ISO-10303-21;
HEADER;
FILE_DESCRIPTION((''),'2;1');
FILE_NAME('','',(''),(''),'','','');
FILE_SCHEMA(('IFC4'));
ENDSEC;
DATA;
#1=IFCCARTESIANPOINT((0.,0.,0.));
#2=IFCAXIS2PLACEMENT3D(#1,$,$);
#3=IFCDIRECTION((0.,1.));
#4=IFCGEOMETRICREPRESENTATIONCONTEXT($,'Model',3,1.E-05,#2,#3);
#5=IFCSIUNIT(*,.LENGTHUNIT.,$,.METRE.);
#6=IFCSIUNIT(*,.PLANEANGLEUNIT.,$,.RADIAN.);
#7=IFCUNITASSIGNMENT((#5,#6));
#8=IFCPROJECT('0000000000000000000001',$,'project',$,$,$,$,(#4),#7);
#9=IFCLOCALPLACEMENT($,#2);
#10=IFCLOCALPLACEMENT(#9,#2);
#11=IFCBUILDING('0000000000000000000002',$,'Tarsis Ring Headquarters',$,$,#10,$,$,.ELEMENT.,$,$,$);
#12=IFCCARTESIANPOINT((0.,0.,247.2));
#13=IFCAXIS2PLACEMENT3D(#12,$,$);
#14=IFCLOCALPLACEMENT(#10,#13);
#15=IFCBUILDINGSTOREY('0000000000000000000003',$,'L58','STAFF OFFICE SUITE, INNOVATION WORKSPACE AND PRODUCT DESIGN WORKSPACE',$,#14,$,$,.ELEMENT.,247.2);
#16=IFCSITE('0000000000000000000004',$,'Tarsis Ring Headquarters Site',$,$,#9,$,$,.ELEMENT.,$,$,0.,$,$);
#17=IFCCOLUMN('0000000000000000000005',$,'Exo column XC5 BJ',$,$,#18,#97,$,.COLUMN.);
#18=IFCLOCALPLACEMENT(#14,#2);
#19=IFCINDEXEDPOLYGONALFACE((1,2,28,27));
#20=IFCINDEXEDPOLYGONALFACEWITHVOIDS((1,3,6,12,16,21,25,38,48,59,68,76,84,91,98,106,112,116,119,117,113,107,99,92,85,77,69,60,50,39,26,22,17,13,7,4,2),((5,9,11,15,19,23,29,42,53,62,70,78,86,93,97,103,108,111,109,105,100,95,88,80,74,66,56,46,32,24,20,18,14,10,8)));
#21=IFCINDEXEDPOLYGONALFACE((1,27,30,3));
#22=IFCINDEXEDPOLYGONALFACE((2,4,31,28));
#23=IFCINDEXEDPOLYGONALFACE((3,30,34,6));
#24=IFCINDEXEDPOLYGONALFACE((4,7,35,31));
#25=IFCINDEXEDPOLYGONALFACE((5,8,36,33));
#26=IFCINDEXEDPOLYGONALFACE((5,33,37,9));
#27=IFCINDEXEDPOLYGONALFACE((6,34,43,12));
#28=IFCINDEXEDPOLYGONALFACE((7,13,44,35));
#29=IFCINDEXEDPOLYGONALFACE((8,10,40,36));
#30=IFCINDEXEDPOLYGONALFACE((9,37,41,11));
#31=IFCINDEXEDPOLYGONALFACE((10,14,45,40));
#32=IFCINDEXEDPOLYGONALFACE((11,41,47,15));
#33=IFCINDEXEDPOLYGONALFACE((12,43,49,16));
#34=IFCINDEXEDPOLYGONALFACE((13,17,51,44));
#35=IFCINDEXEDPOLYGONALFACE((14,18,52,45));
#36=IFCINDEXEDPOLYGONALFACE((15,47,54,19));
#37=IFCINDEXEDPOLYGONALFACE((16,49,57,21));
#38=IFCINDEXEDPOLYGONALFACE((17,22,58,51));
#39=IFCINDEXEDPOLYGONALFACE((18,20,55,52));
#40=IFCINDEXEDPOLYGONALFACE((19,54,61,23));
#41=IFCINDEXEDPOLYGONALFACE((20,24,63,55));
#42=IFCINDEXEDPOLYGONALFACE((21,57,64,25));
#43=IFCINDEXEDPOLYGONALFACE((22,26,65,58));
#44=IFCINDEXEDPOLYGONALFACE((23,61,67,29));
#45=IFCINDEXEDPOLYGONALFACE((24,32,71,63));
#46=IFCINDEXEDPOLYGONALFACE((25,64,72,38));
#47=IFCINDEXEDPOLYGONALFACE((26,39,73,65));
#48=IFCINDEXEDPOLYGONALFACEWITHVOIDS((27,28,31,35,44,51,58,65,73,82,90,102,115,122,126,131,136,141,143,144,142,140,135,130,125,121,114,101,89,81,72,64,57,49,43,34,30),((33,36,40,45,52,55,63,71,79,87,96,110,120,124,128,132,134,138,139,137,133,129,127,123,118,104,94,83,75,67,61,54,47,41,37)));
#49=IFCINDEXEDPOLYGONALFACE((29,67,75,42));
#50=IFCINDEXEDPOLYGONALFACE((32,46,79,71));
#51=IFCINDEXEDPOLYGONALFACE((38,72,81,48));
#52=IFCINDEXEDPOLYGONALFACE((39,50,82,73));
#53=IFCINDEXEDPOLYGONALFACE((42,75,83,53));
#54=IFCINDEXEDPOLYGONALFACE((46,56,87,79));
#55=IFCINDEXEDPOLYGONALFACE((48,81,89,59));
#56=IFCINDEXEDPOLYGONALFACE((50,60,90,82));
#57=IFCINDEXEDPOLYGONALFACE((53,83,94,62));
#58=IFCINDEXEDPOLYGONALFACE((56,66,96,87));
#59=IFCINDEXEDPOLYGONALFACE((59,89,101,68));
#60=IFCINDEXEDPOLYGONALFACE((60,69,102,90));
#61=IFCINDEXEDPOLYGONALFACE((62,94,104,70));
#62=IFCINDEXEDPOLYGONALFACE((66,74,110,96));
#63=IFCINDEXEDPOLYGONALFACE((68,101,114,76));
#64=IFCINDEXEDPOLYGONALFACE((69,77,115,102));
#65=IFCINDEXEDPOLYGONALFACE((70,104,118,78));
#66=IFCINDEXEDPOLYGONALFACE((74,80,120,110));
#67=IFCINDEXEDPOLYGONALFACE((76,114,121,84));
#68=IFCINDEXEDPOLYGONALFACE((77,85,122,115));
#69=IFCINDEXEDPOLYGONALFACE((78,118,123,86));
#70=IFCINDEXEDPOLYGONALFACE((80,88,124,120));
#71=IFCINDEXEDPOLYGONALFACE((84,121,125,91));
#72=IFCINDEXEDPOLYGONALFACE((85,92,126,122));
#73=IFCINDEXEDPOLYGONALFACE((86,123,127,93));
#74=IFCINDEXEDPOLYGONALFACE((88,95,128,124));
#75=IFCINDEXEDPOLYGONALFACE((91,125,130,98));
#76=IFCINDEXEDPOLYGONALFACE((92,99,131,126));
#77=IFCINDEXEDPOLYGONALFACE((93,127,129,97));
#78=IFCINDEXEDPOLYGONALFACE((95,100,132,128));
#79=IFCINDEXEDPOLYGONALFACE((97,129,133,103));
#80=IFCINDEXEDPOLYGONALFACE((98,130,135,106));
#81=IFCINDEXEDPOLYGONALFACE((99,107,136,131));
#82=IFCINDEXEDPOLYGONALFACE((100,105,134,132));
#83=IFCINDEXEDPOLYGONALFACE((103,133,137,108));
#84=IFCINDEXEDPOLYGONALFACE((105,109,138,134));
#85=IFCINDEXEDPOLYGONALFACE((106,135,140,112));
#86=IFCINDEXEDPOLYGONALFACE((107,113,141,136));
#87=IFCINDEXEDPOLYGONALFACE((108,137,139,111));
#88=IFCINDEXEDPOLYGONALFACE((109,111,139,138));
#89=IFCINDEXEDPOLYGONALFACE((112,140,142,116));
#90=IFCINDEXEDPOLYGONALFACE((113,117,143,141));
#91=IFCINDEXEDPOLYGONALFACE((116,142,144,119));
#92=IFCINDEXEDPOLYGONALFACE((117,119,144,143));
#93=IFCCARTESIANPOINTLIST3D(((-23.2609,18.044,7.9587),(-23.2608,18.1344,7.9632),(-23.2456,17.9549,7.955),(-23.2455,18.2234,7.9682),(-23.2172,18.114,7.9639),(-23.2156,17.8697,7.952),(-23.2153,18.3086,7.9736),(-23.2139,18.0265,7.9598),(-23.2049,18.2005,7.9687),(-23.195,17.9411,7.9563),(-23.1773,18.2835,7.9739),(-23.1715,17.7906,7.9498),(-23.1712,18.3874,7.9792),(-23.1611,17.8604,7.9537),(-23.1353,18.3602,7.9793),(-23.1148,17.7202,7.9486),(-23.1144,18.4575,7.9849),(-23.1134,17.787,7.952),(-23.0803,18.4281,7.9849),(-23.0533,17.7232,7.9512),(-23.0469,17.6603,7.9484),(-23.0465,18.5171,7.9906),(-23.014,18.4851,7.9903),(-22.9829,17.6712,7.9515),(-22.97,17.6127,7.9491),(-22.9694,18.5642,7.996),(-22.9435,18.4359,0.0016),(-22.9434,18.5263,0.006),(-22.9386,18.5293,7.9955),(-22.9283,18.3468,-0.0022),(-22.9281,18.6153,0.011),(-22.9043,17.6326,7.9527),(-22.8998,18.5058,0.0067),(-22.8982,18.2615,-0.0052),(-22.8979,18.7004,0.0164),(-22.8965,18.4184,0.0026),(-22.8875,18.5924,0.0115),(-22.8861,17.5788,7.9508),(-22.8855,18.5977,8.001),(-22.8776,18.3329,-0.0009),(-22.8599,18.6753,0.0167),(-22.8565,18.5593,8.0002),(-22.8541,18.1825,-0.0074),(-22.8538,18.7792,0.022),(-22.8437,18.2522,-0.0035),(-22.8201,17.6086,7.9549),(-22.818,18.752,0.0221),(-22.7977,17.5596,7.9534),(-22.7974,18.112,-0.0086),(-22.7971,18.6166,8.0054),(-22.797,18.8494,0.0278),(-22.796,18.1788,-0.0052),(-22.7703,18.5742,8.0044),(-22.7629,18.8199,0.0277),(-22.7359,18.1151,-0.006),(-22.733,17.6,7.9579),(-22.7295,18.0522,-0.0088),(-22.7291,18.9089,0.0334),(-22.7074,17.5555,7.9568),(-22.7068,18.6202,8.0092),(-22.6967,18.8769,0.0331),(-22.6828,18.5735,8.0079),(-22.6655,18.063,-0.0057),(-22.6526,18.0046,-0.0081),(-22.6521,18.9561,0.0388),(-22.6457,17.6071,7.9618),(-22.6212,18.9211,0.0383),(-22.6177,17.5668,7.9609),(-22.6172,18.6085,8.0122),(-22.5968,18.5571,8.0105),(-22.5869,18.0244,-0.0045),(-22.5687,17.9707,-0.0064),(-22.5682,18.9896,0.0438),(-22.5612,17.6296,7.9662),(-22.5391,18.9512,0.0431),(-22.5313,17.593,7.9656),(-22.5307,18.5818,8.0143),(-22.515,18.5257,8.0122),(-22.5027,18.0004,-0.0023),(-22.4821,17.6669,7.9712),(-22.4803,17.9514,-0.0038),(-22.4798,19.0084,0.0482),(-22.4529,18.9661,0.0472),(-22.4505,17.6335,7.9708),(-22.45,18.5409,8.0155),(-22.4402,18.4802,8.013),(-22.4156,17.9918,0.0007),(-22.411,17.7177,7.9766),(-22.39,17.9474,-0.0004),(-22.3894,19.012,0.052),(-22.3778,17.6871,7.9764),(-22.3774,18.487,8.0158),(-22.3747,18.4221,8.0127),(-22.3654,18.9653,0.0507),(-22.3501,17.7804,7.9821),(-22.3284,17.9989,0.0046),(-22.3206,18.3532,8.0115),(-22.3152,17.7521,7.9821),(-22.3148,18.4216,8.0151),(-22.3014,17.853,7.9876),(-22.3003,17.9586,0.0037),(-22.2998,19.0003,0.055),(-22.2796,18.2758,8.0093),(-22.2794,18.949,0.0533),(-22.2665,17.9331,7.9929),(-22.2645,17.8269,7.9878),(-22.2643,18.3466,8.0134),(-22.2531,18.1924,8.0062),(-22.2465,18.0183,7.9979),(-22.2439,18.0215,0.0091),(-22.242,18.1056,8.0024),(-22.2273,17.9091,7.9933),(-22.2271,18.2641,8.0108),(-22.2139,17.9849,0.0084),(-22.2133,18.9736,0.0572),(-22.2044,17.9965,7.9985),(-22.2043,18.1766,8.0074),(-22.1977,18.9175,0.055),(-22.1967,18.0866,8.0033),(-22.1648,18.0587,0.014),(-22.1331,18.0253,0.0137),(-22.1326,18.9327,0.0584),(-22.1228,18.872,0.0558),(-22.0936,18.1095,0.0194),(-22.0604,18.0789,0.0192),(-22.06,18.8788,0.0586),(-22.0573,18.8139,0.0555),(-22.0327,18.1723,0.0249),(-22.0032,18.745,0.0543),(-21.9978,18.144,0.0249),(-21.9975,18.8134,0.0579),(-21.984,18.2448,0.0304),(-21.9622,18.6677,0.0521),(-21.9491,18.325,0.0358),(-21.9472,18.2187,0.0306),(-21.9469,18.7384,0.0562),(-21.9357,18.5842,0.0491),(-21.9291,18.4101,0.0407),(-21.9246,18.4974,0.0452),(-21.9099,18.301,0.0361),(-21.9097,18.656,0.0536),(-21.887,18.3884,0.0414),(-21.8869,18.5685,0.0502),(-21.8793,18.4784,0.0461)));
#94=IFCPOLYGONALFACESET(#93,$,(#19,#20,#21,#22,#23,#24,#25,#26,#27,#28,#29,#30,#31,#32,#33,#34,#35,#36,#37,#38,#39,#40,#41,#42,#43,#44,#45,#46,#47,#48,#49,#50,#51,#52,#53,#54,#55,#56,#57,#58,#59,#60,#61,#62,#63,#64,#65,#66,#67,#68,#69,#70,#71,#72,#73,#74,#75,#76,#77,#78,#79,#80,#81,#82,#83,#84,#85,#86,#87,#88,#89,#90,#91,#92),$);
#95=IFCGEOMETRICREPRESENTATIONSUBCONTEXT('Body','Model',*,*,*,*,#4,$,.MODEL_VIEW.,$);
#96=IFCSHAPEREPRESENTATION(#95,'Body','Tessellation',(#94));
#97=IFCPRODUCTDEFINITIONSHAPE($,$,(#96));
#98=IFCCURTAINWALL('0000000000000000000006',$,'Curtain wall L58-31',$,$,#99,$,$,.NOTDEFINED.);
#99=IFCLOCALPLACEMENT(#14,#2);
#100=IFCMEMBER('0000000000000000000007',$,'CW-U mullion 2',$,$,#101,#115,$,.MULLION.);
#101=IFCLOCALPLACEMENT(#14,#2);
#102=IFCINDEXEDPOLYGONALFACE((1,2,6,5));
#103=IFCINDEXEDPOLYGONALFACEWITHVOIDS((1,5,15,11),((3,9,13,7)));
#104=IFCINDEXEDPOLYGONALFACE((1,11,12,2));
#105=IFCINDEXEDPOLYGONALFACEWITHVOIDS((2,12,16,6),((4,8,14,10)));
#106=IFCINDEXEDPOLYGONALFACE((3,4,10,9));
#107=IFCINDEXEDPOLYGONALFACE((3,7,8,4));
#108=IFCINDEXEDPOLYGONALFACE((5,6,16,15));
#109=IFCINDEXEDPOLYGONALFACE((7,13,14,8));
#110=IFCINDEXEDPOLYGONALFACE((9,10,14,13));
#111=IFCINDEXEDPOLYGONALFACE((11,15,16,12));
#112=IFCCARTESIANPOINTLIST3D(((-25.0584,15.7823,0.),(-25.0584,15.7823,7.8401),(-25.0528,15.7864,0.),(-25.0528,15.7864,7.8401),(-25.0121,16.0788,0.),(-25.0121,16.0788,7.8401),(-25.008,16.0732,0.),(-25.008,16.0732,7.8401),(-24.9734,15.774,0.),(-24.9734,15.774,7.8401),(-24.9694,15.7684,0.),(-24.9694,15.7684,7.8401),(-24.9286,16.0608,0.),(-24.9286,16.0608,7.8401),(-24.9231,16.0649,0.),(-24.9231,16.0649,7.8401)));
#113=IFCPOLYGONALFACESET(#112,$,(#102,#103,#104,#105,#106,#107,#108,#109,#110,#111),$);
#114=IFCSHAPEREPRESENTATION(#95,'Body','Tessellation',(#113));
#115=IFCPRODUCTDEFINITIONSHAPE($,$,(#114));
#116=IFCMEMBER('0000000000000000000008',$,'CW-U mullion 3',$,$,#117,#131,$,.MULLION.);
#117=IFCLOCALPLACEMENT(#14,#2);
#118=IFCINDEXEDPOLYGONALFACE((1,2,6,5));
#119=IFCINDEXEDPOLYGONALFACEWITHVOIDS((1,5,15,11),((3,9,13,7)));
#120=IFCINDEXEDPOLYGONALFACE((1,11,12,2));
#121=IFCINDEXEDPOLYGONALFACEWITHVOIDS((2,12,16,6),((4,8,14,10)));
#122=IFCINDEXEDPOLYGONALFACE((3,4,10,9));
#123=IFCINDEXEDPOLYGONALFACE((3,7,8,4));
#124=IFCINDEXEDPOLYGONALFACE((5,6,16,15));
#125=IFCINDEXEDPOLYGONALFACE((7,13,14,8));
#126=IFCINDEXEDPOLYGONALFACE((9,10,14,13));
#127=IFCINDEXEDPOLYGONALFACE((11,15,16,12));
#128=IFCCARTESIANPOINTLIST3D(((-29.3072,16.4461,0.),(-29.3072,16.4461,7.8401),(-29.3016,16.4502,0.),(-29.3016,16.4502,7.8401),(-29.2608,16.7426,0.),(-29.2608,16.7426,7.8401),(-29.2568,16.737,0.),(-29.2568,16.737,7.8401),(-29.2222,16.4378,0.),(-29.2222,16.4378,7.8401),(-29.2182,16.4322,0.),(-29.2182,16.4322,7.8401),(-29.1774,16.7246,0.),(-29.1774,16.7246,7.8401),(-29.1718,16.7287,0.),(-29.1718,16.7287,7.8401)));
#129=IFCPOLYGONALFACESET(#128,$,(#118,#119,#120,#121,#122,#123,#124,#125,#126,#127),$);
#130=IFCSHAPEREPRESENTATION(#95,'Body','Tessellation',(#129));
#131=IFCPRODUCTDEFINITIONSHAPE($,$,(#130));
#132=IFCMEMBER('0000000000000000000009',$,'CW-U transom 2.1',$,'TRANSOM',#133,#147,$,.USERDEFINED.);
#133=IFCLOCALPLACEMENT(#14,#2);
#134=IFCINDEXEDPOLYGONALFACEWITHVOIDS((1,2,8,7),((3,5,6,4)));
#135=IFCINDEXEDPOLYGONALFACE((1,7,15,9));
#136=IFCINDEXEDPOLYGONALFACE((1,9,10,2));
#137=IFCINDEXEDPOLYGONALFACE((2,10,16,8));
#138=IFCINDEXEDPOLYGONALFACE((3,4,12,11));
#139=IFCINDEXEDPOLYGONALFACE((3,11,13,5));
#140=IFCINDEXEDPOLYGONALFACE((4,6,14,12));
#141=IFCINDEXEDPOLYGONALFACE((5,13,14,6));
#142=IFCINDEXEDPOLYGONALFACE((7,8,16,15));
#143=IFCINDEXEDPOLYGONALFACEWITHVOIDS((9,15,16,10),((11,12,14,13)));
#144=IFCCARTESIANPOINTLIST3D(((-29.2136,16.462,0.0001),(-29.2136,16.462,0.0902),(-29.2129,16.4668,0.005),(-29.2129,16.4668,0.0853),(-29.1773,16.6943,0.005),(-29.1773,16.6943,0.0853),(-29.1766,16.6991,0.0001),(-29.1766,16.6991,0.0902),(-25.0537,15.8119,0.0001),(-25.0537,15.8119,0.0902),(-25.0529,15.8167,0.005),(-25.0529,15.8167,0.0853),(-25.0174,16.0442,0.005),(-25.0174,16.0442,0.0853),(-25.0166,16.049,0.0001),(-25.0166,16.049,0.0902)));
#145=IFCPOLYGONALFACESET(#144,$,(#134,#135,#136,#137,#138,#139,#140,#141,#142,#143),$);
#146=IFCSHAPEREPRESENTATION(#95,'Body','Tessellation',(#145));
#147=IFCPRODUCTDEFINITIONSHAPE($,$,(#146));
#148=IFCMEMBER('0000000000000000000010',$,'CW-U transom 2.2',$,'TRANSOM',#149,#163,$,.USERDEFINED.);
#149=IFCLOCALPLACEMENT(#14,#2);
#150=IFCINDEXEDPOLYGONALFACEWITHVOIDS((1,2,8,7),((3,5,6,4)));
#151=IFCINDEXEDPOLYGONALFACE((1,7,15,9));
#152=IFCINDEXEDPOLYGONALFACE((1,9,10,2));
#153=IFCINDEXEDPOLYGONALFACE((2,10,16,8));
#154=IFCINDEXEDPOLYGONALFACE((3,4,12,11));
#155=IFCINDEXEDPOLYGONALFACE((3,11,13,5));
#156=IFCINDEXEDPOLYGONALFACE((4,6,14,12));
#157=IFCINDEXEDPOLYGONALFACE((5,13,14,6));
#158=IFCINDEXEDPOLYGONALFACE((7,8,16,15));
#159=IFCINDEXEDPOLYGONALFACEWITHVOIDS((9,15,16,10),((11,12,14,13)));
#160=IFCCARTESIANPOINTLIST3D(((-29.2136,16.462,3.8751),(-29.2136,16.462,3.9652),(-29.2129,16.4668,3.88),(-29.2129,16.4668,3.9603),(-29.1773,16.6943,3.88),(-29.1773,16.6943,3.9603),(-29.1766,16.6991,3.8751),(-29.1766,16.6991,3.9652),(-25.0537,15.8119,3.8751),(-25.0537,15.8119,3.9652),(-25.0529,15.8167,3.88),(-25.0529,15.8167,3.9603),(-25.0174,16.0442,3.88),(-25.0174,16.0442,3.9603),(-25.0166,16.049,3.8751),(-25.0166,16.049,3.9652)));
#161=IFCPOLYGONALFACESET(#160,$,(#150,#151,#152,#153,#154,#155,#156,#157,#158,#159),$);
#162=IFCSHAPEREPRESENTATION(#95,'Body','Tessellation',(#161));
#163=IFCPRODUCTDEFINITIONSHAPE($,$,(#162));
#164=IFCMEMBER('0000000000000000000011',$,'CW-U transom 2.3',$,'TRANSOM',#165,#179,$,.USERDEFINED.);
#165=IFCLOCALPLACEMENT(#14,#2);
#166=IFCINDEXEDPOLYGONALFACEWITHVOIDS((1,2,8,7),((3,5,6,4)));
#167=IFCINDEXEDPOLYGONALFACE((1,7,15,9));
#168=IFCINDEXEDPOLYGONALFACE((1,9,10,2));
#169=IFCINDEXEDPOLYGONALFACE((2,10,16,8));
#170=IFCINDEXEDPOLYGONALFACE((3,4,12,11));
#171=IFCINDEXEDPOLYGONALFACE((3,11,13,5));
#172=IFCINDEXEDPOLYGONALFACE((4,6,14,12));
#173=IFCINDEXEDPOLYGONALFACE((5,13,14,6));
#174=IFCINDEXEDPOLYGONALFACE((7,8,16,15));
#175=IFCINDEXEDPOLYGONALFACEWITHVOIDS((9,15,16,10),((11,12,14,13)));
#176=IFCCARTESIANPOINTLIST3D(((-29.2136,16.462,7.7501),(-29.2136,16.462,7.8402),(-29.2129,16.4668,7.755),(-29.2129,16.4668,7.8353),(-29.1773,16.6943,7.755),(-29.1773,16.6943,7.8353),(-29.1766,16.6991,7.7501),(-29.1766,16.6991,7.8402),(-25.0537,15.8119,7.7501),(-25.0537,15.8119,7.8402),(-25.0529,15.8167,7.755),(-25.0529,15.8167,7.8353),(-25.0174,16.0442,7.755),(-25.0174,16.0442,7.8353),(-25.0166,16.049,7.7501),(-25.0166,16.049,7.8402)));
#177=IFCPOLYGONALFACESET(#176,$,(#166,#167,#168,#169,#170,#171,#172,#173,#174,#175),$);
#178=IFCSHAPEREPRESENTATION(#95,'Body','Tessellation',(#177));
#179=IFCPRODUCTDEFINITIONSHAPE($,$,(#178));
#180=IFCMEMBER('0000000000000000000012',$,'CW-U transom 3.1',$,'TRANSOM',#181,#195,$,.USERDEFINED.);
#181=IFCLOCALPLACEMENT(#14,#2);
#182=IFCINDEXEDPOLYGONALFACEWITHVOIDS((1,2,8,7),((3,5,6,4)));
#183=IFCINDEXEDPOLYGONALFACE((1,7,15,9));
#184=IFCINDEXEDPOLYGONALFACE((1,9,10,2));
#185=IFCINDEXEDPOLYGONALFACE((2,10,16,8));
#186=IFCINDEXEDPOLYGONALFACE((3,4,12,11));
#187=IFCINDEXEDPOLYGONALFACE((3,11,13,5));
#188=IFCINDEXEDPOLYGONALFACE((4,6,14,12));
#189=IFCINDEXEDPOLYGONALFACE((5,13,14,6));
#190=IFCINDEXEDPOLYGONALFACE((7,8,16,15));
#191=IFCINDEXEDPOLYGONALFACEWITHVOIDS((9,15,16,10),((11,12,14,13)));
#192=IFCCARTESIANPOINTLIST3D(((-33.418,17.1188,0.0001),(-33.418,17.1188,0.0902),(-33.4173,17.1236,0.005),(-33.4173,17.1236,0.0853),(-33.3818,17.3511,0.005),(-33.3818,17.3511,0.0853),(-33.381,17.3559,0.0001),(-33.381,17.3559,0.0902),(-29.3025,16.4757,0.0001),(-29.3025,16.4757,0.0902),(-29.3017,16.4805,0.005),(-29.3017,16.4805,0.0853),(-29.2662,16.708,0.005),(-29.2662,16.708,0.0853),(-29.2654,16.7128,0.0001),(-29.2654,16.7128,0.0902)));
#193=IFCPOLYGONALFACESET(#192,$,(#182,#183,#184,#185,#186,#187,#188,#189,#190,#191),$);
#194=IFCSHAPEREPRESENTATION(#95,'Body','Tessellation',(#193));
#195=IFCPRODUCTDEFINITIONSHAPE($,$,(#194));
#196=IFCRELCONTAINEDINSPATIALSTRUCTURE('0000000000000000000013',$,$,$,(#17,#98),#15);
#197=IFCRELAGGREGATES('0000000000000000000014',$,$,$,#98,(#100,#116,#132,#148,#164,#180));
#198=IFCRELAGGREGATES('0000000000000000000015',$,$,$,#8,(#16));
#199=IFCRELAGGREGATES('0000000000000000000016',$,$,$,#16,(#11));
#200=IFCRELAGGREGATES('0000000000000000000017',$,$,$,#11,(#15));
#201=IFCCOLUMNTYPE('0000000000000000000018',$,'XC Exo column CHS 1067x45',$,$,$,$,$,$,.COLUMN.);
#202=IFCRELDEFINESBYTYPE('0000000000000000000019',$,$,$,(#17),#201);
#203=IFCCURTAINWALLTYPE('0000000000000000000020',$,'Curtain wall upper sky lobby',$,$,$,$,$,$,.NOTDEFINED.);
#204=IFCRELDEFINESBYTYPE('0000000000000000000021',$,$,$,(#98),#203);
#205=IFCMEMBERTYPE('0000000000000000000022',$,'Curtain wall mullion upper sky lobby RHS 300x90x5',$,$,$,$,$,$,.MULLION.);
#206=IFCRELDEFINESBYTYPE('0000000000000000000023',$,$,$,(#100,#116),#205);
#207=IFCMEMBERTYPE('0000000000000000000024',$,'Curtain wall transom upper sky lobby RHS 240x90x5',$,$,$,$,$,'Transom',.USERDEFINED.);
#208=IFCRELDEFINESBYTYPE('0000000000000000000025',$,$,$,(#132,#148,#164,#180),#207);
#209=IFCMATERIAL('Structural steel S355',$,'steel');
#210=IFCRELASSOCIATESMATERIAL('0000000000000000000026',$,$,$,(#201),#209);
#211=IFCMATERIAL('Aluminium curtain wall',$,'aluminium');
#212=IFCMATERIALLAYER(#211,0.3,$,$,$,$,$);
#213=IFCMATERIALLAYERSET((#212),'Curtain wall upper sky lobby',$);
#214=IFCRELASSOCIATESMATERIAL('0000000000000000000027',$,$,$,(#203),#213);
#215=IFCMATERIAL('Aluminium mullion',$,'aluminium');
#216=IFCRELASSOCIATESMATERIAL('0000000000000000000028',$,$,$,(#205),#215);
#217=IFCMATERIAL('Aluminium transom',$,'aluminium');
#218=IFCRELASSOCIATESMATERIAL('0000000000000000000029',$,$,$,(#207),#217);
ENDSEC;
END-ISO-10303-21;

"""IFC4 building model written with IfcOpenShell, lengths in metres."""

from ifc_helpers import new_model, si_unit, direction, frame, origin, origin_2d, place, context, subcontext, project, spatial, hollow_rectangle, hollow_circle, extrude, material, layer, layer_set, material_profile, profile_set, type_object, element, aggregate, save


model = new_model("IFC4")

# Units and contexts
model_context = context("Model", 3, precision=1e-05, world=origin(), true_north=direction((0.0, 1.0)))
body_context = subcontext(model_context, "Body", "Model", "MODEL_VIEW")
ifc_project = project(units=[si_unit("LENGTHUNIT", "METRE"), si_unit("PLANEANGLEUNIT", "RADIAN")], contexts=[model_context])

# Site, building, storey
site_placement = place(None, origin())
site = spatial("IfcSite", under=ifc_project, at=site_placement, Name="Tarsis Ring Headquarters Site", CompositionType="ELEMENT", RefElevation=0.0)
building_placement = place(site_placement, origin())
building = spatial("IfcBuilding", under=site, at=building_placement, Name="Tarsis Ring Headquarters", CompositionType="ELEMENT")
storey_placement = place(building_placement, frame((0.0, 0.0, 247.2)))
storey = spatial("IfcBuildingStorey", under=building, at=storey_placement, Name="L58", Description="STAFF OFFICE SUITE, INNOVATION WORKSPACE AND PRODUCT DESIGN WORKSPACE", CompositionType="ELEMENT", Elevation=247.2)

# Column
ifc_material_1 = material(Name="Structural steel S355", Category="steel")
ifc_material_profile_1 = material_profile(ifc_material_1, hollow_circle(Radius=0.5334, WallThickness=0.0449, at=origin_2d()), Name="CHS 1067x45")
ifc_profile_set_1 = profile_set([ifc_material_profile_1], Name="Structural steel S355")
column_type = type_object("IfcColumnType", Name="XC Exo column CHS 1067x45", PredefinedType="COLUMN", material=ifc_profile_set_1)
column_placement = place(storey_placement, frame((-22.4124, 18.4797, 0.0249), z_axis=(-0.039806, -0.049145, 0.997998), x_axis=(0.777076, -0.629407, 0.0)))
element("IfcColumn", 1, at=column_placement, inside=storey, type_object=column_type, Name="Exo column XC5 BJ", PredefinedType="COLUMN", context=body_context, shape_type="SweptSolid", body=[
    extrude(hollow_circle(Radius=0.5334, WallThickness=0.0449, at=origin_2d()), origin(), (0.0, 0.0, 1.0), 7.9731),
])

# Curtain wall, members
ifc_material_2 = material(Name="Aluminium curtain wall", Category="aluminium")
ifc_layer_1 = layer(ifc_material_2, 0.3)
ifc_layer_set_1 = layer_set([ifc_layer_1], Name="Curtain wall upper sky lobby")
curtain_wall_type = type_object("IfcCurtainWallType", Name="Curtain wall upper sky lobby", PredefinedType="NOTDEFINED", material=ifc_layer_set_1)
curtain_wall_placement = place(storey_placement, origin())
curtain_wall = element("IfcCurtainWall", 2, at=curtain_wall_placement, inside=storey, type_object=curtain_wall_type, Name="Curtain wall L58-31", PredefinedType="NOTDEFINED")
ifc_material_3 = material(Name="Aluminium mullion", Category="aluminium")
ifc_material_profile_2 = material_profile(ifc_material_3, hollow_rectangle(XDim=0.3, YDim=0.0901, WallThickness=0.0049, at=origin_2d()), Name="RHS 300x90x5")
ifc_profile_set_2 = profile_set([ifc_material_profile_2], Name="Aluminium mullion")
member_type_1 = type_object("IfcMemberType", Name="Curtain wall mullion upper sky lobby RHS 300x90x5", PredefinedType="MULLION", material=ifc_profile_set_2)
member_1_placement = place(storey_placement, frame((-24.9907, 15.9236, 0.0), z_axis=(0.0, 0.0, 1.0), x_axis=(-0.154366, -0.988014, 0.0)))
member_1 = element("IfcMember", 3, at=member_1_placement, type_object=member_type_1, Name="CW-U mullion 2", PredefinedType="MULLION", context=body_context, shape_type="SweptSolid", body=[
    extrude(hollow_rectangle(XDim=0.3, YDim=0.0901, WallThickness=0.0049, at=origin_2d()), origin(), (0.0, 0.0, 1.0), 7.8401),
])
member_2_placement = place(storey_placement, frame((-29.2395, 16.5874, 0.0), z_axis=(0.0, 0.0, 1.0), x_axis=(-0.154366, -0.988014, 0.0)))
member_2 = element("IfcMember", 4, at=member_2_placement, type_object=member_type_1, Name="CW-U mullion 3", PredefinedType="MULLION", context=body_context, shape_type="SweptSolid", body=[
    extrude(hollow_rectangle(XDim=0.3, YDim=0.0901, WallThickness=0.0049, at=origin_2d()), origin(), (0.0, 0.0, 1.0), 7.8401),
])
ifc_material_4 = material(Name="Aluminium transom", Category="aluminium")
ifc_material_profile_3 = material_profile(ifc_material_4, hollow_rectangle(XDim=0.24, YDim=0.0901, WallThickness=0.0049, at=origin_2d()), Name="RHS 240x90x5")
ifc_profile_set_3 = profile_set([ifc_material_profile_3], Name="Aluminium transom")
member_type_2 = type_object("IfcMemberType", Name="Curtain wall transom upper sky lobby RHS 240x90x5", ElementType="Transom", PredefinedType="USERDEFINED", material=ifc_profile_set_3)
member_3_placement = place(storey_placement, frame((-25.0352, 15.9304, 0.0452), z_axis=(-0.988006, 0.154414, 0.0), x_axis=(-0.154414, -0.988006, 0.0)))
member_3 = element("IfcMember", 5, at=member_3_placement, type_object=member_type_2, Name="CW-U transom 2.1", ObjectType="TRANSOM", PredefinedType="USERDEFINED", context=body_context, shape_type="SweptSolid", body=[
    extrude(hollow_rectangle(XDim=0.24, YDim=0.0901, WallThickness=0.0049, at=origin_2d()), origin(), (0.0, 0.0, 1.0), 4.2104),
])
member_4_placement = place(storey_placement, frame((-25.0352, 15.9304, 3.9202), z_axis=(-0.988006, 0.154414, 0.0), x_axis=(-0.154414, -0.988006, 0.0)))
member_4 = element("IfcMember", 6, at=member_4_placement, type_object=member_type_2, Name="CW-U transom 2.2", ObjectType="TRANSOM", PredefinedType="USERDEFINED", context=body_context, shape_type="SweptSolid", body=[
    extrude(hollow_rectangle(XDim=0.24, YDim=0.0901, WallThickness=0.0049, at=origin_2d()), origin(), (0.0, 0.0, 1.0), 4.2104),
])
member_5_placement = place(storey_placement, frame((-25.0352, 15.9304, 7.7952), z_axis=(-0.988006, 0.154414, 0.0), x_axis=(-0.154414, -0.988006, 0.0)))
member_5 = element("IfcMember", 7, at=member_5_placement, type_object=member_type_2, Name="CW-U transom 2.3", ObjectType="TRANSOM", PredefinedType="USERDEFINED", context=body_context, shape_type="SweptSolid", body=[
    extrude(hollow_rectangle(XDim=0.24, YDim=0.0901, WallThickness=0.0049, at=origin_2d()), origin(), (0.0, 0.0, 1.0), 4.2104),
])
member_6_placement = place(storey_placement, frame((-29.2839, 16.5942, 0.0452), z_axis=(-0.988011, 0.154382, 0.0), x_axis=(-0.154382, -0.988011, 0.0)))
member_6 = element("IfcMember", 8, at=member_6_placement, type_object=member_type_2, Name="CW-U transom 3.1", ObjectType="TRANSOM", PredefinedType="USERDEFINED", context=body_context, shape_type="SweptSolid", body=[
    extrude(hollow_rectangle(XDim=0.24, YDim=0.0901, WallThickness=0.0049, at=origin_2d()), origin(), (0.0, 0.0, 1.0), 4.1655),
])

aggregate(curtain_wall, [member_1, member_2, member_3, member_4, member_5, member_6])

save(model, "model.ifc")
